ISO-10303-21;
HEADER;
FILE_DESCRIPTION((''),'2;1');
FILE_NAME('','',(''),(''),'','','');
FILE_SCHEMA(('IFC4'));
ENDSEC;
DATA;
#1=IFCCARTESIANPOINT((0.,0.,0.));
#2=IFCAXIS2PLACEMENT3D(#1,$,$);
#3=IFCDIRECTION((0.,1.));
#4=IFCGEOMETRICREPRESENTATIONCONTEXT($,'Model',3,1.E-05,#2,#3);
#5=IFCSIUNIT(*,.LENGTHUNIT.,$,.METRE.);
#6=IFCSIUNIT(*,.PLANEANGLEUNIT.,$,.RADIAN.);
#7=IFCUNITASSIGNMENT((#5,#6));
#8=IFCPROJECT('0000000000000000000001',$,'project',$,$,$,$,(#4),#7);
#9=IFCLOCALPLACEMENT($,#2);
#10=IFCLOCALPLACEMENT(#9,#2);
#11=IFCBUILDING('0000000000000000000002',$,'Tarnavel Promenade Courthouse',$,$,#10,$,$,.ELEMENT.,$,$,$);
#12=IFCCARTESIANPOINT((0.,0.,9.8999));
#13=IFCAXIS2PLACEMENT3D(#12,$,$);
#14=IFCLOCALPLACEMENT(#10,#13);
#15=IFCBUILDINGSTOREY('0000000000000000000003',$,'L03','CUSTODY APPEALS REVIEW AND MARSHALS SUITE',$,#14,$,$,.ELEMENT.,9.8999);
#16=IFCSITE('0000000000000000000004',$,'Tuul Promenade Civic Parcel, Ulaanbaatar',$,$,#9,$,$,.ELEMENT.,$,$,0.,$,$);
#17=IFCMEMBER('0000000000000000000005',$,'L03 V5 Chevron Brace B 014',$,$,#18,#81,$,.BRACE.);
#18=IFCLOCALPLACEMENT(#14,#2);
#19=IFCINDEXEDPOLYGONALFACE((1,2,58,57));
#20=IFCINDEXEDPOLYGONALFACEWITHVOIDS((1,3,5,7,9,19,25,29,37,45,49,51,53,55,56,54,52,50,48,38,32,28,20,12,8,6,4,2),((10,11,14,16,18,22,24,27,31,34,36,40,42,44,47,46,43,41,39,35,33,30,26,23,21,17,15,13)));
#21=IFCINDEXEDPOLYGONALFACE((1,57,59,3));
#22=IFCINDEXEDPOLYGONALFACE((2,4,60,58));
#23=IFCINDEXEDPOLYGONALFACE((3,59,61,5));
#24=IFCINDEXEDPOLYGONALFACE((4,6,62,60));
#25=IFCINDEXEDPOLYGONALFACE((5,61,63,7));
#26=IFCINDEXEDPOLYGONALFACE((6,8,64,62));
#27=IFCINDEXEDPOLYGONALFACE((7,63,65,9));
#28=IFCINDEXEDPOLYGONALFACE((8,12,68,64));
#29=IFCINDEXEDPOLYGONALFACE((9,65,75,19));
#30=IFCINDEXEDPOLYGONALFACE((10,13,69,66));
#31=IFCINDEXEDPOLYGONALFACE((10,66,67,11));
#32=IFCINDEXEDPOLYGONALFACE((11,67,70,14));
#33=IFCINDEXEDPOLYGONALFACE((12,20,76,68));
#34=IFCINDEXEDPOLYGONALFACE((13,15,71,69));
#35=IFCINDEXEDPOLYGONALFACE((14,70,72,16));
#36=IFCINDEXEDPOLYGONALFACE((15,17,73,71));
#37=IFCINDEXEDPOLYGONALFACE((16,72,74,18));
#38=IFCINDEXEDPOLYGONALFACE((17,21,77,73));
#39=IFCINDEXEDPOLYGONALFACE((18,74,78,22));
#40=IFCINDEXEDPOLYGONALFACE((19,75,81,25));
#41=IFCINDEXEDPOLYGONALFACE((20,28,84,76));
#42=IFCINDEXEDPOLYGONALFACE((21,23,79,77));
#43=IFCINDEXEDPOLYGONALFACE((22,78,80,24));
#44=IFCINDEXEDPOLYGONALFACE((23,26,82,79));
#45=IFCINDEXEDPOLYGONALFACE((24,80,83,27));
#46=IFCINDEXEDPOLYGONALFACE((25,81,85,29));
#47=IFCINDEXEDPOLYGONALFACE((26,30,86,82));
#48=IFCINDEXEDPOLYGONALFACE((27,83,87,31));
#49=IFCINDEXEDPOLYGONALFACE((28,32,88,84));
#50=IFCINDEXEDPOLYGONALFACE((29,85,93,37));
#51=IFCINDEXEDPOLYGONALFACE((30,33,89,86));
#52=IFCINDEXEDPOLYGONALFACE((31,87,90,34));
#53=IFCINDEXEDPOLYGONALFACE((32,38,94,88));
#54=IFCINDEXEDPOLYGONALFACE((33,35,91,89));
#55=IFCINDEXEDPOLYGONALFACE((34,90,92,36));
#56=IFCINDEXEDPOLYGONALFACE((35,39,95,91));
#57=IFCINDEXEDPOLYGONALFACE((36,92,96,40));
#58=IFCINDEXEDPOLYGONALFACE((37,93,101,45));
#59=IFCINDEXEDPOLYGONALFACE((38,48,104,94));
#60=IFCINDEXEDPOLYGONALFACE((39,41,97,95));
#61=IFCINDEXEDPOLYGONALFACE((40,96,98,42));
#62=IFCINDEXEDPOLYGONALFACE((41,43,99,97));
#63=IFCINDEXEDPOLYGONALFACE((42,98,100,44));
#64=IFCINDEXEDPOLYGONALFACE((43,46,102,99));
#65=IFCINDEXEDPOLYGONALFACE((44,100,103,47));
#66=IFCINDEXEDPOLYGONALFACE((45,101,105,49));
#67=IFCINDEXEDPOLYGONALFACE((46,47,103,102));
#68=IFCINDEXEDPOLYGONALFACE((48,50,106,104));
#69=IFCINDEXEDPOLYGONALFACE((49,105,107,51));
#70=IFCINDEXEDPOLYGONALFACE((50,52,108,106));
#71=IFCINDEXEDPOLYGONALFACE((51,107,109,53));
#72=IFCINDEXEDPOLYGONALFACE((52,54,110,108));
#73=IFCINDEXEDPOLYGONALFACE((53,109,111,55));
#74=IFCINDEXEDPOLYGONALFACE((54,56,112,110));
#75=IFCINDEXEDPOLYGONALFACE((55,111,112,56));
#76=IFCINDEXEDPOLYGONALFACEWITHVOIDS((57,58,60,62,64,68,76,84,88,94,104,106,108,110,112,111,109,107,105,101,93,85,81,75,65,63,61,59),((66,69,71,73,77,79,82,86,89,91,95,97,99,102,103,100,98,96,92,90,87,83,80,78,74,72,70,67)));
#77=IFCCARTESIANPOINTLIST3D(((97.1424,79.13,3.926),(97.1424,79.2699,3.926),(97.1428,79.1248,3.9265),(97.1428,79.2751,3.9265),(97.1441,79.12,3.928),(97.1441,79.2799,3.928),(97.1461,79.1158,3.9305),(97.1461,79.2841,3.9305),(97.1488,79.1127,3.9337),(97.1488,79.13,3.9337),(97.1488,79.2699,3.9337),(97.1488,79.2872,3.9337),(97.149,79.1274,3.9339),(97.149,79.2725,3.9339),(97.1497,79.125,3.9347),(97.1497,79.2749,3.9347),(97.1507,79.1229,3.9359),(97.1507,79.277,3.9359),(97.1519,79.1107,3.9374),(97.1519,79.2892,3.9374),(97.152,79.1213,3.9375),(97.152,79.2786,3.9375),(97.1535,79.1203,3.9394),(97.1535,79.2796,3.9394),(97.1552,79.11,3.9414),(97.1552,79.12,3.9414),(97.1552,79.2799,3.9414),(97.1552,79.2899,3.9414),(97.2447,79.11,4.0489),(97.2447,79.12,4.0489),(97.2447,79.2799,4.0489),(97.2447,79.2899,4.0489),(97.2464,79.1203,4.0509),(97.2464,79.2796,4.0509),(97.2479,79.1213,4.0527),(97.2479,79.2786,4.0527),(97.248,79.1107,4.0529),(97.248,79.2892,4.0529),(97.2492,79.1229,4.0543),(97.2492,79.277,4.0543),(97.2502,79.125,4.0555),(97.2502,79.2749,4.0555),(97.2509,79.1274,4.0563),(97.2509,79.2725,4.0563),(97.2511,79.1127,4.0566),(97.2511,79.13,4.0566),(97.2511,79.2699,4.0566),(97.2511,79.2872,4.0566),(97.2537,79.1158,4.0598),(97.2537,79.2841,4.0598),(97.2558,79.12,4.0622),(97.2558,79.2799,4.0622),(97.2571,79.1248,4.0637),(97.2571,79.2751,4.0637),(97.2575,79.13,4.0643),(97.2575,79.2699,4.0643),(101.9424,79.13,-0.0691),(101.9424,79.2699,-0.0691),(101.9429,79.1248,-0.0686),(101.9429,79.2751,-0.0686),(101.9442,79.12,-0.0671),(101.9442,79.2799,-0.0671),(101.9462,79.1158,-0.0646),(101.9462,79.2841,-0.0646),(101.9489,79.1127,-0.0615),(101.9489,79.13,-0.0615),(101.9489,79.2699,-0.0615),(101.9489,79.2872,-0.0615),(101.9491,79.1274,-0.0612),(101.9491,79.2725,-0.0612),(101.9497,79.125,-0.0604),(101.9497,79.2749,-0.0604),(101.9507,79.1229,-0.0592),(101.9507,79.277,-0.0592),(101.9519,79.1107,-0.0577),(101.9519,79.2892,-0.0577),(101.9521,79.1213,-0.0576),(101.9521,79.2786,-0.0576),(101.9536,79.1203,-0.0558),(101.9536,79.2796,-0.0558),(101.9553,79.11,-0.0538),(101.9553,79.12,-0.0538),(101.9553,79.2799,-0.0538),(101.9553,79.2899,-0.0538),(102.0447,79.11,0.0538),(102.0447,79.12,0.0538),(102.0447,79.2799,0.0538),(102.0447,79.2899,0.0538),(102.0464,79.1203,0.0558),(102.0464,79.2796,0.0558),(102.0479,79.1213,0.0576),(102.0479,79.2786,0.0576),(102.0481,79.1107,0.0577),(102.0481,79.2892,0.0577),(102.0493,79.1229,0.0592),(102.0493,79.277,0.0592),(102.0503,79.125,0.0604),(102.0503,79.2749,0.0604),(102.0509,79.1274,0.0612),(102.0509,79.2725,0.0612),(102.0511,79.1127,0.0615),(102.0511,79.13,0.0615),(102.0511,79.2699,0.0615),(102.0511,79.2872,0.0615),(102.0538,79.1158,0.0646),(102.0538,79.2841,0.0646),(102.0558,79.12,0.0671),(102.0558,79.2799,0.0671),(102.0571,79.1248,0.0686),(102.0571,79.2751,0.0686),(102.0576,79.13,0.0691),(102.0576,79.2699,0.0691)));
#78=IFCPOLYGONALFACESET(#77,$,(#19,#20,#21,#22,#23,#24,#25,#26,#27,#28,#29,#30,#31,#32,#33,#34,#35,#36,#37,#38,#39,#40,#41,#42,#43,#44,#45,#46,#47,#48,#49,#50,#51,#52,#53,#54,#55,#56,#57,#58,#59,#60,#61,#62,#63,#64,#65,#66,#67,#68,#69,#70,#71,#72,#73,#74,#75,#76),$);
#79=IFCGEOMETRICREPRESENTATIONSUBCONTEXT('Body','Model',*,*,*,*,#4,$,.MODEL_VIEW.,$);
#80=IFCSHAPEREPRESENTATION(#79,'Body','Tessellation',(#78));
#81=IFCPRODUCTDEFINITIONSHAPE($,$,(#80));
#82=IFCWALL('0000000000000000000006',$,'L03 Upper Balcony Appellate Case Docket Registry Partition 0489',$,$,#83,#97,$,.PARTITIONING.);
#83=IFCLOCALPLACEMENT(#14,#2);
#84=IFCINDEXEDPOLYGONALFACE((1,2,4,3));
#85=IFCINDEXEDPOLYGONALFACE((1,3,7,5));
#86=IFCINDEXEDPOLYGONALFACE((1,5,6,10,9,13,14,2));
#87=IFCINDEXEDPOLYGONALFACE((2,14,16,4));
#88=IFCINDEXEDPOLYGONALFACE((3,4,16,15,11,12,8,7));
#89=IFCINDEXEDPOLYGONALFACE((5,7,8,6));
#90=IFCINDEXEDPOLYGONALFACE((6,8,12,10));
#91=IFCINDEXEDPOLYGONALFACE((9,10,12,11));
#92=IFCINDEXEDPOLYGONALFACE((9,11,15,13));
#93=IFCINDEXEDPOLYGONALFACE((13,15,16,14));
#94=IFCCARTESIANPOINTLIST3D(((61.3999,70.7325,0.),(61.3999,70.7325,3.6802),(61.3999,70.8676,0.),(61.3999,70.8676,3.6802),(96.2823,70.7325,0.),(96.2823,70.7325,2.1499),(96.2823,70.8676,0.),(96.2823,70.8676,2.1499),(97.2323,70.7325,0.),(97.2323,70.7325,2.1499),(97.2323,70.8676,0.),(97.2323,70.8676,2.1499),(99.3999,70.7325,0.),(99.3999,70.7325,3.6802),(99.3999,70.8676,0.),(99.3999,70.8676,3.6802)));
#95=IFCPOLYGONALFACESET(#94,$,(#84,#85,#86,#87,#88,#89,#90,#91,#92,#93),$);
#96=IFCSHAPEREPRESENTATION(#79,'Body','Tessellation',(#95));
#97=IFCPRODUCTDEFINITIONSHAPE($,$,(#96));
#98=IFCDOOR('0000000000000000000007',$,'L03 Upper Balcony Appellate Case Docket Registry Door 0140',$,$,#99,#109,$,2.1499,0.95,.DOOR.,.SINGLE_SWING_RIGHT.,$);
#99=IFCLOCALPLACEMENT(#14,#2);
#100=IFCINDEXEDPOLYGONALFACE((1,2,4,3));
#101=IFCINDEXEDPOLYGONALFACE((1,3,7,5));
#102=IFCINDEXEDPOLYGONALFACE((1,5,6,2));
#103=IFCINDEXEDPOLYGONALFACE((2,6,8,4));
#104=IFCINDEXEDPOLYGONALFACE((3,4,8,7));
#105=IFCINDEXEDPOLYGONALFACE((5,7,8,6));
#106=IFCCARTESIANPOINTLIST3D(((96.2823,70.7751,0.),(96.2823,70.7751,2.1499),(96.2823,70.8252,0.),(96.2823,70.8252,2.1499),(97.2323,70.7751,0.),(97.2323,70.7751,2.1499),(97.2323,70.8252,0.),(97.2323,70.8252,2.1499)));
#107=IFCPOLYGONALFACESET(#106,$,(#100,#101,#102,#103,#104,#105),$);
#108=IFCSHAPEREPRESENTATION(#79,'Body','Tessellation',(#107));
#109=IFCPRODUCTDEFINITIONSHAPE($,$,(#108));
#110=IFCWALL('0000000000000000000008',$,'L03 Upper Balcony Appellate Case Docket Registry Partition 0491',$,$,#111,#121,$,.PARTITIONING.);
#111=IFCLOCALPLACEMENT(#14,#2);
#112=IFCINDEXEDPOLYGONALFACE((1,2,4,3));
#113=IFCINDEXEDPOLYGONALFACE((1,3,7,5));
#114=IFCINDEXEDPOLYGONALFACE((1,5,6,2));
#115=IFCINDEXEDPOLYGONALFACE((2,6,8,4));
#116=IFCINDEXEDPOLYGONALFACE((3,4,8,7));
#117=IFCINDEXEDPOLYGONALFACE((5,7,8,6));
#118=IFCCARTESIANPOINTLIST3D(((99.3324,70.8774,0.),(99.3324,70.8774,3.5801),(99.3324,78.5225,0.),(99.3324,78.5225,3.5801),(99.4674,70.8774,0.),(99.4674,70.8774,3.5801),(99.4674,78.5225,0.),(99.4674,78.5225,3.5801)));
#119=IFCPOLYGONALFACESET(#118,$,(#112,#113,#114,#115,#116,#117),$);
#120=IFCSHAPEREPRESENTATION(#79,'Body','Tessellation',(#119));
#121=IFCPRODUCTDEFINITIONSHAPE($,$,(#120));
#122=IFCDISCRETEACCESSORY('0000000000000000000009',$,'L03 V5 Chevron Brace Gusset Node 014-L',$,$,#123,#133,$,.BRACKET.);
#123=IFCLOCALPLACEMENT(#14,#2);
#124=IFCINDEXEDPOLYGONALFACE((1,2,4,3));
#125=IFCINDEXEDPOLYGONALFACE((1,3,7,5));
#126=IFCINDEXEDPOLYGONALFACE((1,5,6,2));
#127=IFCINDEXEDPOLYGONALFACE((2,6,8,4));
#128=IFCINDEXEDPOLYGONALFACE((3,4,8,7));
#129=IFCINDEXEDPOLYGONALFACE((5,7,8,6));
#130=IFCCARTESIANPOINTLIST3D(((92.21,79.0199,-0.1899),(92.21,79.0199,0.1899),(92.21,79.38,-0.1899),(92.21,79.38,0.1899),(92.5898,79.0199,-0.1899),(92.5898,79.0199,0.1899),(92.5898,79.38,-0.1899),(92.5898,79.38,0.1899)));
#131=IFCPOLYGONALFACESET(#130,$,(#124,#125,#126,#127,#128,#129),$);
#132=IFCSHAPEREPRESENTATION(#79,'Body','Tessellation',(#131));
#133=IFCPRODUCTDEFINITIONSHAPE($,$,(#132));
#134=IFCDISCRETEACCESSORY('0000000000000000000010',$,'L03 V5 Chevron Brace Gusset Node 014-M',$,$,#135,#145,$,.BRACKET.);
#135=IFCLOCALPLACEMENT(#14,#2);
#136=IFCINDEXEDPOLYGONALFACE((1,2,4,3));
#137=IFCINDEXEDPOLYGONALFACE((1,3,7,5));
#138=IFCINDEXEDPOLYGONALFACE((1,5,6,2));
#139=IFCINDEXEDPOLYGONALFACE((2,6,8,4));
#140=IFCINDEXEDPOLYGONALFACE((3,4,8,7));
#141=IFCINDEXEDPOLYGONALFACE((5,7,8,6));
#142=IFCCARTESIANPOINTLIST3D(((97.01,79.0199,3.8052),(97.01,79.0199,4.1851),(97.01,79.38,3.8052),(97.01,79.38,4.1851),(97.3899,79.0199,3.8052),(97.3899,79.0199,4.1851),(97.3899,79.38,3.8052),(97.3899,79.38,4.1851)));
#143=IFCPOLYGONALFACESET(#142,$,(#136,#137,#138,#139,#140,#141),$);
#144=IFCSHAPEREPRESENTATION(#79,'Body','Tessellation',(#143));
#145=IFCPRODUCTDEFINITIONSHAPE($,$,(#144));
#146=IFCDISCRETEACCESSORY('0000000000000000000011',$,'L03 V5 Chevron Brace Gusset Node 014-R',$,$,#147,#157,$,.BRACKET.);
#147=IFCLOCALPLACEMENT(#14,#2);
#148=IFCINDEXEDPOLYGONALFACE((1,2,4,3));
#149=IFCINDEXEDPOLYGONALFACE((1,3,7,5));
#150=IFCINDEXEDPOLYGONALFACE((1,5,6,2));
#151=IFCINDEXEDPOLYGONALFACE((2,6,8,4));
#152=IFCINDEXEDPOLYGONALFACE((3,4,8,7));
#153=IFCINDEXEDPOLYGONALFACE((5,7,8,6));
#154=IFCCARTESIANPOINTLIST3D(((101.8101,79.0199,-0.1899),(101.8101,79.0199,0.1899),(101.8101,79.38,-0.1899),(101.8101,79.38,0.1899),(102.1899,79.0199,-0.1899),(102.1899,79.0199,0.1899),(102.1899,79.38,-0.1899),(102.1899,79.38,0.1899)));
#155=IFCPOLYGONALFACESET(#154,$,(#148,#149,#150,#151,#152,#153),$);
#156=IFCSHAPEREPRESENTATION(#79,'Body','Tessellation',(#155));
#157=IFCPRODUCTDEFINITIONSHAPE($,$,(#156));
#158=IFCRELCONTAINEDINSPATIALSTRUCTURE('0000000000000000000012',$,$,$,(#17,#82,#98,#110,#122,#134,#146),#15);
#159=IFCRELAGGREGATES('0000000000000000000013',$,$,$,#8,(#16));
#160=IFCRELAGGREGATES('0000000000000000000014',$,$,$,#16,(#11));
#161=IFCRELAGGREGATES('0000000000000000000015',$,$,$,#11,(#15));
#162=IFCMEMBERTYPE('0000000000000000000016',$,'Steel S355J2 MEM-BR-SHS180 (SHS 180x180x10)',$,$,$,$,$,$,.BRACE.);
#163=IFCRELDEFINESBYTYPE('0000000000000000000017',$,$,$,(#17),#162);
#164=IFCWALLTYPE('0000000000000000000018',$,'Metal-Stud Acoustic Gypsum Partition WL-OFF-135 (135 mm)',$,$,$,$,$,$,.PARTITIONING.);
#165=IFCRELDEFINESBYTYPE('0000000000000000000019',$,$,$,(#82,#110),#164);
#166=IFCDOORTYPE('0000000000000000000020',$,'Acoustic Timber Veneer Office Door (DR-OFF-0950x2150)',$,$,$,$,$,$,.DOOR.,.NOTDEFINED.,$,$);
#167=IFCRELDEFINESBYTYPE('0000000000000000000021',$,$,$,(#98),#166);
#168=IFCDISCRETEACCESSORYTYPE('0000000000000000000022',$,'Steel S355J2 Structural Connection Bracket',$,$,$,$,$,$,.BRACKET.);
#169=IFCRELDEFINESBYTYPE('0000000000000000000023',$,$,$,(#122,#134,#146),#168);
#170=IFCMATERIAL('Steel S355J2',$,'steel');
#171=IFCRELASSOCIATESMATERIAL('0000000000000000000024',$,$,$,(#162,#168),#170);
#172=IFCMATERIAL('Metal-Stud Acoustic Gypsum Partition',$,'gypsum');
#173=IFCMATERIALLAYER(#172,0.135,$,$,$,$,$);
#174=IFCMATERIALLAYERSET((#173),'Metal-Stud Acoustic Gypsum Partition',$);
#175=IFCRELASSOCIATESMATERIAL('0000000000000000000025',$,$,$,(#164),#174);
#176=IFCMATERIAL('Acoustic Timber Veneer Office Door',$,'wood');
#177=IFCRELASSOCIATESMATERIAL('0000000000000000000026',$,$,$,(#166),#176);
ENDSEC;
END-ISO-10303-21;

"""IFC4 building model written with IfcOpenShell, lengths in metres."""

from ifc_helpers import new_model, si_unit, direction, frame, frame_2d, origin, origin_2d, place, context, subcontext, project, spatial, rectangle, hollow_rectangle, extrude, material, layer, layer_set, material_profile, profile_set, type_object, element, fill, save


model = new_model("IFC4")

# Units and contexts
model_context = context("Model", 3, precision=1e-05, world=origin(), true_north=direction((0.0, 1.0)))
body_context = subcontext(model_context, "Body", "Model", "MODEL_VIEW")
ifc_project = project(units=[si_unit("LENGTHUNIT", "METRE"), si_unit("PLANEANGLEUNIT", "RADIAN")], contexts=[model_context])

# Site, building, storey
site_placement = place(None, origin())
site = spatial("IfcSite", under=ifc_project, at=site_placement, Name="Tuul Promenade Civic Parcel, Ulaanbaatar", CompositionType="ELEMENT", RefElevation=0.0)
building_placement = place(site_placement, origin())
building = spatial("IfcBuilding", under=site, at=building_placement, Name="Tarnavel Promenade Courthouse", CompositionType="ELEMENT")
storey_placement = place(building_placement, frame((0.0, 0.0, 9.8999)))
storey = spatial("IfcBuildingStorey", under=building, at=storey_placement, Name="L03", Description="CUSTODY APPEALS REVIEW AND MARSHALS SUITE", CompositionType="ELEMENT", Elevation=9.8999)

# Shared definitions
ifc_material_1 = material(Name="Steel S355J2", Category="steel")

# Member
ifc_material_profile_1 = material_profile(ifc_material_1, hollow_rectangle(XDim=0.1799, YDim=0.1799, WallThickness=0.01, InnerFilletRadius=0.01, OuterFilletRadius=0.02, at=origin_2d()), Name="SHS 180x180x10")
ifc_profile_set_1 = profile_set([ifc_material_profile_1], Name="Steel S355J2")
member_type = type_object("IfcMemberType", Name="Steel S355J2 MEM-BR-SHS180 (SHS 180x180x10)", PredefinedType="BRACE", material=ifc_profile_set_1)
for number, where, z_axis, x_axis, name in (
    (1, (102.0, 79.2, 0.0), (-0.768609, 0.0, 0.639719), (0.0, -1.0, 0.0), "L03 V5 Chevron Brace B 014"),
):
    element("IfcMember", number, at=place(storey_placement, frame(where, z_axis=z_axis, x_axis=x_axis)), inside=storey, type_object=member_type, Name=name, PredefinedType="BRACE", context=body_context, shape_type="SweptSolid", body=[
        extrude(hollow_rectangle(XDim=0.1799, YDim=0.1799, WallThickness=0.01, InnerFilletRadius=0.01, OuterFilletRadius=0.02, at=origin_2d()), origin(), (0.0, 0.0, 1.0), 6.2451),
    ])

# Wall, opening, door
ifc_material_2 = material(Name="Metal-Stud Acoustic Gypsum Partition", Category="gypsum")
ifc_layer = layer(ifc_material_2, 0.135)
ifc_layer_set = layer_set([ifc_layer], Name="Metal-Stud Acoustic Gypsum Partition")
wall_type = type_object("IfcWallType", Name="Metal-Stud Acoustic Gypsum Partition WL-OFF-135 (135 mm)", PredefinedType="PARTITIONING", material=ifc_layer_set)
wall_1_placement = place(storey_placement, frame((99.3999, 70.8, 0.0), z_axis=(0.0, 0.0, 1.0), x_axis=(-1.0, 0.0, 0.0)))
wall_1 = element("IfcWall", 2, at=wall_1_placement, inside=storey, type_object=wall_type, Name="L03 Upper Balcony Appellate Case Docket Registry Partition 0489", PredefinedType="PARTITIONING", context=body_context, shape_type="SweptSolid", body=[
    extrude(rectangle(XDim=38.0, YDim=0.135, at=frame_2d((19.0, 0.0))), origin(), (0.0, 0.0, 1.0), 3.6802),
])
opening_placement = place(wall_1_placement, frame((2.1675, 0.0, 0.0)))
opening = element("IfcOpeningElement", 3, at=opening_placement, cuts=wall_1, PredefinedType="OPENING", context=body_context, shape_type="SweptSolid", body=[
    extrude(rectangle(XDim=0.95, YDim=2.1499, at=frame_2d((0.4751, 1.075))), frame((0.0, 0.0774, 0.0), z_axis=(0.0, -1.0, 0.0), x_axis=(1.0, 0.0, 0.0)), (0.0, 0.0, 1.0), 0.155),
])
ifc_material_3 = material(Name="Acoustic Timber Veneer Office Door", Category="wood")
door_type = type_object("IfcDoorType", Name="Acoustic Timber Veneer Office Door (DR-OFF-0950x2150)", OperationType="NOTDEFINED", PredefinedType="DOOR", material=ifc_material_3)
door_placement = place(opening_placement, origin())
door = element("IfcDoor", 4, at=door_placement, inside=storey, type_object=door_type, Name="L03 Upper Balcony Appellate Case Docket Registry Door 0140", OperationType="SINGLE_SWING_RIGHT", OverallHeight=2.1499, OverallWidth=0.95, PredefinedType="DOOR", context=body_context, shape_type="SweptSolid", body=[
    extrude(rectangle(XDim=0.95, YDim=2.1499, at=frame_2d((0.4751, 1.075))), frame((0.0, 0.0249, 0.0), z_axis=(0.0, -1.0, 0.0), x_axis=(1.0, 0.0, 0.0)), (0.0, 0.0, 1.0), 0.05),
])
fill(opening, door)

# Wall
wall_2_placement = place(storey_placement, frame((99.3999, 78.5225, 0.0), z_axis=(0.0, 0.0, 1.0), x_axis=(0.0, -1.0, 0.0)))
element("IfcWall", 5, at=wall_2_placement, inside=storey, type_object=wall_type, Name="L03 Upper Balcony Appellate Case Docket Registry Partition 0491", PredefinedType="PARTITIONING", context=body_context, shape_type="SweptSolid", body=[
    extrude(rectangle(XDim=7.645, YDim=0.135, at=frame_2d((3.8225, 0.0))), origin(), (0.0, 0.0, 1.0), 3.5801),
])

# Discrete accessories
discrete_accessory_type = type_object("IfcDiscreteAccessoryType", Name="Steel S355J2 Structural Connection Bracket", PredefinedType="BRACKET", material=ifc_material_1)
for number, where, z_axis, x_axis, name in (
    (6, (92.3999, 79.2, -0.1899), (0.0, 0.0, 1.0), (1.0, 0.0, 0.0), "L03 V5 Chevron Brace Gusset Node 014-L"),
    (7, (97.2, 79.2, 3.8052), (0.0, 0.0, 1.0), (1.0, 0.0, 0.0), "L03 V5 Chevron Brace Gusset Node 014-M"),
    (8, (102.0, 79.2, -0.1899), (0.0, 0.0, 1.0), (1.0, 0.0, 0.0), "L03 V5 Chevron Brace Gusset Node 014-R"),
):
    element("IfcDiscreteAccessory", number, at=place(storey_placement, frame(where, z_axis=z_axis, x_axis=x_axis)), inside=storey, type_object=discrete_accessory_type, Name=name, PredefinedType="BRACKET", context=body_context, shape_type="SweptSolid", body=[
        extrude(rectangle(XDim=0.3799, YDim=0.3601, at=origin_2d()), origin(), (0.0, 0.0, 1.0), 0.3799),
    ])

save(model, "model.ifc")
